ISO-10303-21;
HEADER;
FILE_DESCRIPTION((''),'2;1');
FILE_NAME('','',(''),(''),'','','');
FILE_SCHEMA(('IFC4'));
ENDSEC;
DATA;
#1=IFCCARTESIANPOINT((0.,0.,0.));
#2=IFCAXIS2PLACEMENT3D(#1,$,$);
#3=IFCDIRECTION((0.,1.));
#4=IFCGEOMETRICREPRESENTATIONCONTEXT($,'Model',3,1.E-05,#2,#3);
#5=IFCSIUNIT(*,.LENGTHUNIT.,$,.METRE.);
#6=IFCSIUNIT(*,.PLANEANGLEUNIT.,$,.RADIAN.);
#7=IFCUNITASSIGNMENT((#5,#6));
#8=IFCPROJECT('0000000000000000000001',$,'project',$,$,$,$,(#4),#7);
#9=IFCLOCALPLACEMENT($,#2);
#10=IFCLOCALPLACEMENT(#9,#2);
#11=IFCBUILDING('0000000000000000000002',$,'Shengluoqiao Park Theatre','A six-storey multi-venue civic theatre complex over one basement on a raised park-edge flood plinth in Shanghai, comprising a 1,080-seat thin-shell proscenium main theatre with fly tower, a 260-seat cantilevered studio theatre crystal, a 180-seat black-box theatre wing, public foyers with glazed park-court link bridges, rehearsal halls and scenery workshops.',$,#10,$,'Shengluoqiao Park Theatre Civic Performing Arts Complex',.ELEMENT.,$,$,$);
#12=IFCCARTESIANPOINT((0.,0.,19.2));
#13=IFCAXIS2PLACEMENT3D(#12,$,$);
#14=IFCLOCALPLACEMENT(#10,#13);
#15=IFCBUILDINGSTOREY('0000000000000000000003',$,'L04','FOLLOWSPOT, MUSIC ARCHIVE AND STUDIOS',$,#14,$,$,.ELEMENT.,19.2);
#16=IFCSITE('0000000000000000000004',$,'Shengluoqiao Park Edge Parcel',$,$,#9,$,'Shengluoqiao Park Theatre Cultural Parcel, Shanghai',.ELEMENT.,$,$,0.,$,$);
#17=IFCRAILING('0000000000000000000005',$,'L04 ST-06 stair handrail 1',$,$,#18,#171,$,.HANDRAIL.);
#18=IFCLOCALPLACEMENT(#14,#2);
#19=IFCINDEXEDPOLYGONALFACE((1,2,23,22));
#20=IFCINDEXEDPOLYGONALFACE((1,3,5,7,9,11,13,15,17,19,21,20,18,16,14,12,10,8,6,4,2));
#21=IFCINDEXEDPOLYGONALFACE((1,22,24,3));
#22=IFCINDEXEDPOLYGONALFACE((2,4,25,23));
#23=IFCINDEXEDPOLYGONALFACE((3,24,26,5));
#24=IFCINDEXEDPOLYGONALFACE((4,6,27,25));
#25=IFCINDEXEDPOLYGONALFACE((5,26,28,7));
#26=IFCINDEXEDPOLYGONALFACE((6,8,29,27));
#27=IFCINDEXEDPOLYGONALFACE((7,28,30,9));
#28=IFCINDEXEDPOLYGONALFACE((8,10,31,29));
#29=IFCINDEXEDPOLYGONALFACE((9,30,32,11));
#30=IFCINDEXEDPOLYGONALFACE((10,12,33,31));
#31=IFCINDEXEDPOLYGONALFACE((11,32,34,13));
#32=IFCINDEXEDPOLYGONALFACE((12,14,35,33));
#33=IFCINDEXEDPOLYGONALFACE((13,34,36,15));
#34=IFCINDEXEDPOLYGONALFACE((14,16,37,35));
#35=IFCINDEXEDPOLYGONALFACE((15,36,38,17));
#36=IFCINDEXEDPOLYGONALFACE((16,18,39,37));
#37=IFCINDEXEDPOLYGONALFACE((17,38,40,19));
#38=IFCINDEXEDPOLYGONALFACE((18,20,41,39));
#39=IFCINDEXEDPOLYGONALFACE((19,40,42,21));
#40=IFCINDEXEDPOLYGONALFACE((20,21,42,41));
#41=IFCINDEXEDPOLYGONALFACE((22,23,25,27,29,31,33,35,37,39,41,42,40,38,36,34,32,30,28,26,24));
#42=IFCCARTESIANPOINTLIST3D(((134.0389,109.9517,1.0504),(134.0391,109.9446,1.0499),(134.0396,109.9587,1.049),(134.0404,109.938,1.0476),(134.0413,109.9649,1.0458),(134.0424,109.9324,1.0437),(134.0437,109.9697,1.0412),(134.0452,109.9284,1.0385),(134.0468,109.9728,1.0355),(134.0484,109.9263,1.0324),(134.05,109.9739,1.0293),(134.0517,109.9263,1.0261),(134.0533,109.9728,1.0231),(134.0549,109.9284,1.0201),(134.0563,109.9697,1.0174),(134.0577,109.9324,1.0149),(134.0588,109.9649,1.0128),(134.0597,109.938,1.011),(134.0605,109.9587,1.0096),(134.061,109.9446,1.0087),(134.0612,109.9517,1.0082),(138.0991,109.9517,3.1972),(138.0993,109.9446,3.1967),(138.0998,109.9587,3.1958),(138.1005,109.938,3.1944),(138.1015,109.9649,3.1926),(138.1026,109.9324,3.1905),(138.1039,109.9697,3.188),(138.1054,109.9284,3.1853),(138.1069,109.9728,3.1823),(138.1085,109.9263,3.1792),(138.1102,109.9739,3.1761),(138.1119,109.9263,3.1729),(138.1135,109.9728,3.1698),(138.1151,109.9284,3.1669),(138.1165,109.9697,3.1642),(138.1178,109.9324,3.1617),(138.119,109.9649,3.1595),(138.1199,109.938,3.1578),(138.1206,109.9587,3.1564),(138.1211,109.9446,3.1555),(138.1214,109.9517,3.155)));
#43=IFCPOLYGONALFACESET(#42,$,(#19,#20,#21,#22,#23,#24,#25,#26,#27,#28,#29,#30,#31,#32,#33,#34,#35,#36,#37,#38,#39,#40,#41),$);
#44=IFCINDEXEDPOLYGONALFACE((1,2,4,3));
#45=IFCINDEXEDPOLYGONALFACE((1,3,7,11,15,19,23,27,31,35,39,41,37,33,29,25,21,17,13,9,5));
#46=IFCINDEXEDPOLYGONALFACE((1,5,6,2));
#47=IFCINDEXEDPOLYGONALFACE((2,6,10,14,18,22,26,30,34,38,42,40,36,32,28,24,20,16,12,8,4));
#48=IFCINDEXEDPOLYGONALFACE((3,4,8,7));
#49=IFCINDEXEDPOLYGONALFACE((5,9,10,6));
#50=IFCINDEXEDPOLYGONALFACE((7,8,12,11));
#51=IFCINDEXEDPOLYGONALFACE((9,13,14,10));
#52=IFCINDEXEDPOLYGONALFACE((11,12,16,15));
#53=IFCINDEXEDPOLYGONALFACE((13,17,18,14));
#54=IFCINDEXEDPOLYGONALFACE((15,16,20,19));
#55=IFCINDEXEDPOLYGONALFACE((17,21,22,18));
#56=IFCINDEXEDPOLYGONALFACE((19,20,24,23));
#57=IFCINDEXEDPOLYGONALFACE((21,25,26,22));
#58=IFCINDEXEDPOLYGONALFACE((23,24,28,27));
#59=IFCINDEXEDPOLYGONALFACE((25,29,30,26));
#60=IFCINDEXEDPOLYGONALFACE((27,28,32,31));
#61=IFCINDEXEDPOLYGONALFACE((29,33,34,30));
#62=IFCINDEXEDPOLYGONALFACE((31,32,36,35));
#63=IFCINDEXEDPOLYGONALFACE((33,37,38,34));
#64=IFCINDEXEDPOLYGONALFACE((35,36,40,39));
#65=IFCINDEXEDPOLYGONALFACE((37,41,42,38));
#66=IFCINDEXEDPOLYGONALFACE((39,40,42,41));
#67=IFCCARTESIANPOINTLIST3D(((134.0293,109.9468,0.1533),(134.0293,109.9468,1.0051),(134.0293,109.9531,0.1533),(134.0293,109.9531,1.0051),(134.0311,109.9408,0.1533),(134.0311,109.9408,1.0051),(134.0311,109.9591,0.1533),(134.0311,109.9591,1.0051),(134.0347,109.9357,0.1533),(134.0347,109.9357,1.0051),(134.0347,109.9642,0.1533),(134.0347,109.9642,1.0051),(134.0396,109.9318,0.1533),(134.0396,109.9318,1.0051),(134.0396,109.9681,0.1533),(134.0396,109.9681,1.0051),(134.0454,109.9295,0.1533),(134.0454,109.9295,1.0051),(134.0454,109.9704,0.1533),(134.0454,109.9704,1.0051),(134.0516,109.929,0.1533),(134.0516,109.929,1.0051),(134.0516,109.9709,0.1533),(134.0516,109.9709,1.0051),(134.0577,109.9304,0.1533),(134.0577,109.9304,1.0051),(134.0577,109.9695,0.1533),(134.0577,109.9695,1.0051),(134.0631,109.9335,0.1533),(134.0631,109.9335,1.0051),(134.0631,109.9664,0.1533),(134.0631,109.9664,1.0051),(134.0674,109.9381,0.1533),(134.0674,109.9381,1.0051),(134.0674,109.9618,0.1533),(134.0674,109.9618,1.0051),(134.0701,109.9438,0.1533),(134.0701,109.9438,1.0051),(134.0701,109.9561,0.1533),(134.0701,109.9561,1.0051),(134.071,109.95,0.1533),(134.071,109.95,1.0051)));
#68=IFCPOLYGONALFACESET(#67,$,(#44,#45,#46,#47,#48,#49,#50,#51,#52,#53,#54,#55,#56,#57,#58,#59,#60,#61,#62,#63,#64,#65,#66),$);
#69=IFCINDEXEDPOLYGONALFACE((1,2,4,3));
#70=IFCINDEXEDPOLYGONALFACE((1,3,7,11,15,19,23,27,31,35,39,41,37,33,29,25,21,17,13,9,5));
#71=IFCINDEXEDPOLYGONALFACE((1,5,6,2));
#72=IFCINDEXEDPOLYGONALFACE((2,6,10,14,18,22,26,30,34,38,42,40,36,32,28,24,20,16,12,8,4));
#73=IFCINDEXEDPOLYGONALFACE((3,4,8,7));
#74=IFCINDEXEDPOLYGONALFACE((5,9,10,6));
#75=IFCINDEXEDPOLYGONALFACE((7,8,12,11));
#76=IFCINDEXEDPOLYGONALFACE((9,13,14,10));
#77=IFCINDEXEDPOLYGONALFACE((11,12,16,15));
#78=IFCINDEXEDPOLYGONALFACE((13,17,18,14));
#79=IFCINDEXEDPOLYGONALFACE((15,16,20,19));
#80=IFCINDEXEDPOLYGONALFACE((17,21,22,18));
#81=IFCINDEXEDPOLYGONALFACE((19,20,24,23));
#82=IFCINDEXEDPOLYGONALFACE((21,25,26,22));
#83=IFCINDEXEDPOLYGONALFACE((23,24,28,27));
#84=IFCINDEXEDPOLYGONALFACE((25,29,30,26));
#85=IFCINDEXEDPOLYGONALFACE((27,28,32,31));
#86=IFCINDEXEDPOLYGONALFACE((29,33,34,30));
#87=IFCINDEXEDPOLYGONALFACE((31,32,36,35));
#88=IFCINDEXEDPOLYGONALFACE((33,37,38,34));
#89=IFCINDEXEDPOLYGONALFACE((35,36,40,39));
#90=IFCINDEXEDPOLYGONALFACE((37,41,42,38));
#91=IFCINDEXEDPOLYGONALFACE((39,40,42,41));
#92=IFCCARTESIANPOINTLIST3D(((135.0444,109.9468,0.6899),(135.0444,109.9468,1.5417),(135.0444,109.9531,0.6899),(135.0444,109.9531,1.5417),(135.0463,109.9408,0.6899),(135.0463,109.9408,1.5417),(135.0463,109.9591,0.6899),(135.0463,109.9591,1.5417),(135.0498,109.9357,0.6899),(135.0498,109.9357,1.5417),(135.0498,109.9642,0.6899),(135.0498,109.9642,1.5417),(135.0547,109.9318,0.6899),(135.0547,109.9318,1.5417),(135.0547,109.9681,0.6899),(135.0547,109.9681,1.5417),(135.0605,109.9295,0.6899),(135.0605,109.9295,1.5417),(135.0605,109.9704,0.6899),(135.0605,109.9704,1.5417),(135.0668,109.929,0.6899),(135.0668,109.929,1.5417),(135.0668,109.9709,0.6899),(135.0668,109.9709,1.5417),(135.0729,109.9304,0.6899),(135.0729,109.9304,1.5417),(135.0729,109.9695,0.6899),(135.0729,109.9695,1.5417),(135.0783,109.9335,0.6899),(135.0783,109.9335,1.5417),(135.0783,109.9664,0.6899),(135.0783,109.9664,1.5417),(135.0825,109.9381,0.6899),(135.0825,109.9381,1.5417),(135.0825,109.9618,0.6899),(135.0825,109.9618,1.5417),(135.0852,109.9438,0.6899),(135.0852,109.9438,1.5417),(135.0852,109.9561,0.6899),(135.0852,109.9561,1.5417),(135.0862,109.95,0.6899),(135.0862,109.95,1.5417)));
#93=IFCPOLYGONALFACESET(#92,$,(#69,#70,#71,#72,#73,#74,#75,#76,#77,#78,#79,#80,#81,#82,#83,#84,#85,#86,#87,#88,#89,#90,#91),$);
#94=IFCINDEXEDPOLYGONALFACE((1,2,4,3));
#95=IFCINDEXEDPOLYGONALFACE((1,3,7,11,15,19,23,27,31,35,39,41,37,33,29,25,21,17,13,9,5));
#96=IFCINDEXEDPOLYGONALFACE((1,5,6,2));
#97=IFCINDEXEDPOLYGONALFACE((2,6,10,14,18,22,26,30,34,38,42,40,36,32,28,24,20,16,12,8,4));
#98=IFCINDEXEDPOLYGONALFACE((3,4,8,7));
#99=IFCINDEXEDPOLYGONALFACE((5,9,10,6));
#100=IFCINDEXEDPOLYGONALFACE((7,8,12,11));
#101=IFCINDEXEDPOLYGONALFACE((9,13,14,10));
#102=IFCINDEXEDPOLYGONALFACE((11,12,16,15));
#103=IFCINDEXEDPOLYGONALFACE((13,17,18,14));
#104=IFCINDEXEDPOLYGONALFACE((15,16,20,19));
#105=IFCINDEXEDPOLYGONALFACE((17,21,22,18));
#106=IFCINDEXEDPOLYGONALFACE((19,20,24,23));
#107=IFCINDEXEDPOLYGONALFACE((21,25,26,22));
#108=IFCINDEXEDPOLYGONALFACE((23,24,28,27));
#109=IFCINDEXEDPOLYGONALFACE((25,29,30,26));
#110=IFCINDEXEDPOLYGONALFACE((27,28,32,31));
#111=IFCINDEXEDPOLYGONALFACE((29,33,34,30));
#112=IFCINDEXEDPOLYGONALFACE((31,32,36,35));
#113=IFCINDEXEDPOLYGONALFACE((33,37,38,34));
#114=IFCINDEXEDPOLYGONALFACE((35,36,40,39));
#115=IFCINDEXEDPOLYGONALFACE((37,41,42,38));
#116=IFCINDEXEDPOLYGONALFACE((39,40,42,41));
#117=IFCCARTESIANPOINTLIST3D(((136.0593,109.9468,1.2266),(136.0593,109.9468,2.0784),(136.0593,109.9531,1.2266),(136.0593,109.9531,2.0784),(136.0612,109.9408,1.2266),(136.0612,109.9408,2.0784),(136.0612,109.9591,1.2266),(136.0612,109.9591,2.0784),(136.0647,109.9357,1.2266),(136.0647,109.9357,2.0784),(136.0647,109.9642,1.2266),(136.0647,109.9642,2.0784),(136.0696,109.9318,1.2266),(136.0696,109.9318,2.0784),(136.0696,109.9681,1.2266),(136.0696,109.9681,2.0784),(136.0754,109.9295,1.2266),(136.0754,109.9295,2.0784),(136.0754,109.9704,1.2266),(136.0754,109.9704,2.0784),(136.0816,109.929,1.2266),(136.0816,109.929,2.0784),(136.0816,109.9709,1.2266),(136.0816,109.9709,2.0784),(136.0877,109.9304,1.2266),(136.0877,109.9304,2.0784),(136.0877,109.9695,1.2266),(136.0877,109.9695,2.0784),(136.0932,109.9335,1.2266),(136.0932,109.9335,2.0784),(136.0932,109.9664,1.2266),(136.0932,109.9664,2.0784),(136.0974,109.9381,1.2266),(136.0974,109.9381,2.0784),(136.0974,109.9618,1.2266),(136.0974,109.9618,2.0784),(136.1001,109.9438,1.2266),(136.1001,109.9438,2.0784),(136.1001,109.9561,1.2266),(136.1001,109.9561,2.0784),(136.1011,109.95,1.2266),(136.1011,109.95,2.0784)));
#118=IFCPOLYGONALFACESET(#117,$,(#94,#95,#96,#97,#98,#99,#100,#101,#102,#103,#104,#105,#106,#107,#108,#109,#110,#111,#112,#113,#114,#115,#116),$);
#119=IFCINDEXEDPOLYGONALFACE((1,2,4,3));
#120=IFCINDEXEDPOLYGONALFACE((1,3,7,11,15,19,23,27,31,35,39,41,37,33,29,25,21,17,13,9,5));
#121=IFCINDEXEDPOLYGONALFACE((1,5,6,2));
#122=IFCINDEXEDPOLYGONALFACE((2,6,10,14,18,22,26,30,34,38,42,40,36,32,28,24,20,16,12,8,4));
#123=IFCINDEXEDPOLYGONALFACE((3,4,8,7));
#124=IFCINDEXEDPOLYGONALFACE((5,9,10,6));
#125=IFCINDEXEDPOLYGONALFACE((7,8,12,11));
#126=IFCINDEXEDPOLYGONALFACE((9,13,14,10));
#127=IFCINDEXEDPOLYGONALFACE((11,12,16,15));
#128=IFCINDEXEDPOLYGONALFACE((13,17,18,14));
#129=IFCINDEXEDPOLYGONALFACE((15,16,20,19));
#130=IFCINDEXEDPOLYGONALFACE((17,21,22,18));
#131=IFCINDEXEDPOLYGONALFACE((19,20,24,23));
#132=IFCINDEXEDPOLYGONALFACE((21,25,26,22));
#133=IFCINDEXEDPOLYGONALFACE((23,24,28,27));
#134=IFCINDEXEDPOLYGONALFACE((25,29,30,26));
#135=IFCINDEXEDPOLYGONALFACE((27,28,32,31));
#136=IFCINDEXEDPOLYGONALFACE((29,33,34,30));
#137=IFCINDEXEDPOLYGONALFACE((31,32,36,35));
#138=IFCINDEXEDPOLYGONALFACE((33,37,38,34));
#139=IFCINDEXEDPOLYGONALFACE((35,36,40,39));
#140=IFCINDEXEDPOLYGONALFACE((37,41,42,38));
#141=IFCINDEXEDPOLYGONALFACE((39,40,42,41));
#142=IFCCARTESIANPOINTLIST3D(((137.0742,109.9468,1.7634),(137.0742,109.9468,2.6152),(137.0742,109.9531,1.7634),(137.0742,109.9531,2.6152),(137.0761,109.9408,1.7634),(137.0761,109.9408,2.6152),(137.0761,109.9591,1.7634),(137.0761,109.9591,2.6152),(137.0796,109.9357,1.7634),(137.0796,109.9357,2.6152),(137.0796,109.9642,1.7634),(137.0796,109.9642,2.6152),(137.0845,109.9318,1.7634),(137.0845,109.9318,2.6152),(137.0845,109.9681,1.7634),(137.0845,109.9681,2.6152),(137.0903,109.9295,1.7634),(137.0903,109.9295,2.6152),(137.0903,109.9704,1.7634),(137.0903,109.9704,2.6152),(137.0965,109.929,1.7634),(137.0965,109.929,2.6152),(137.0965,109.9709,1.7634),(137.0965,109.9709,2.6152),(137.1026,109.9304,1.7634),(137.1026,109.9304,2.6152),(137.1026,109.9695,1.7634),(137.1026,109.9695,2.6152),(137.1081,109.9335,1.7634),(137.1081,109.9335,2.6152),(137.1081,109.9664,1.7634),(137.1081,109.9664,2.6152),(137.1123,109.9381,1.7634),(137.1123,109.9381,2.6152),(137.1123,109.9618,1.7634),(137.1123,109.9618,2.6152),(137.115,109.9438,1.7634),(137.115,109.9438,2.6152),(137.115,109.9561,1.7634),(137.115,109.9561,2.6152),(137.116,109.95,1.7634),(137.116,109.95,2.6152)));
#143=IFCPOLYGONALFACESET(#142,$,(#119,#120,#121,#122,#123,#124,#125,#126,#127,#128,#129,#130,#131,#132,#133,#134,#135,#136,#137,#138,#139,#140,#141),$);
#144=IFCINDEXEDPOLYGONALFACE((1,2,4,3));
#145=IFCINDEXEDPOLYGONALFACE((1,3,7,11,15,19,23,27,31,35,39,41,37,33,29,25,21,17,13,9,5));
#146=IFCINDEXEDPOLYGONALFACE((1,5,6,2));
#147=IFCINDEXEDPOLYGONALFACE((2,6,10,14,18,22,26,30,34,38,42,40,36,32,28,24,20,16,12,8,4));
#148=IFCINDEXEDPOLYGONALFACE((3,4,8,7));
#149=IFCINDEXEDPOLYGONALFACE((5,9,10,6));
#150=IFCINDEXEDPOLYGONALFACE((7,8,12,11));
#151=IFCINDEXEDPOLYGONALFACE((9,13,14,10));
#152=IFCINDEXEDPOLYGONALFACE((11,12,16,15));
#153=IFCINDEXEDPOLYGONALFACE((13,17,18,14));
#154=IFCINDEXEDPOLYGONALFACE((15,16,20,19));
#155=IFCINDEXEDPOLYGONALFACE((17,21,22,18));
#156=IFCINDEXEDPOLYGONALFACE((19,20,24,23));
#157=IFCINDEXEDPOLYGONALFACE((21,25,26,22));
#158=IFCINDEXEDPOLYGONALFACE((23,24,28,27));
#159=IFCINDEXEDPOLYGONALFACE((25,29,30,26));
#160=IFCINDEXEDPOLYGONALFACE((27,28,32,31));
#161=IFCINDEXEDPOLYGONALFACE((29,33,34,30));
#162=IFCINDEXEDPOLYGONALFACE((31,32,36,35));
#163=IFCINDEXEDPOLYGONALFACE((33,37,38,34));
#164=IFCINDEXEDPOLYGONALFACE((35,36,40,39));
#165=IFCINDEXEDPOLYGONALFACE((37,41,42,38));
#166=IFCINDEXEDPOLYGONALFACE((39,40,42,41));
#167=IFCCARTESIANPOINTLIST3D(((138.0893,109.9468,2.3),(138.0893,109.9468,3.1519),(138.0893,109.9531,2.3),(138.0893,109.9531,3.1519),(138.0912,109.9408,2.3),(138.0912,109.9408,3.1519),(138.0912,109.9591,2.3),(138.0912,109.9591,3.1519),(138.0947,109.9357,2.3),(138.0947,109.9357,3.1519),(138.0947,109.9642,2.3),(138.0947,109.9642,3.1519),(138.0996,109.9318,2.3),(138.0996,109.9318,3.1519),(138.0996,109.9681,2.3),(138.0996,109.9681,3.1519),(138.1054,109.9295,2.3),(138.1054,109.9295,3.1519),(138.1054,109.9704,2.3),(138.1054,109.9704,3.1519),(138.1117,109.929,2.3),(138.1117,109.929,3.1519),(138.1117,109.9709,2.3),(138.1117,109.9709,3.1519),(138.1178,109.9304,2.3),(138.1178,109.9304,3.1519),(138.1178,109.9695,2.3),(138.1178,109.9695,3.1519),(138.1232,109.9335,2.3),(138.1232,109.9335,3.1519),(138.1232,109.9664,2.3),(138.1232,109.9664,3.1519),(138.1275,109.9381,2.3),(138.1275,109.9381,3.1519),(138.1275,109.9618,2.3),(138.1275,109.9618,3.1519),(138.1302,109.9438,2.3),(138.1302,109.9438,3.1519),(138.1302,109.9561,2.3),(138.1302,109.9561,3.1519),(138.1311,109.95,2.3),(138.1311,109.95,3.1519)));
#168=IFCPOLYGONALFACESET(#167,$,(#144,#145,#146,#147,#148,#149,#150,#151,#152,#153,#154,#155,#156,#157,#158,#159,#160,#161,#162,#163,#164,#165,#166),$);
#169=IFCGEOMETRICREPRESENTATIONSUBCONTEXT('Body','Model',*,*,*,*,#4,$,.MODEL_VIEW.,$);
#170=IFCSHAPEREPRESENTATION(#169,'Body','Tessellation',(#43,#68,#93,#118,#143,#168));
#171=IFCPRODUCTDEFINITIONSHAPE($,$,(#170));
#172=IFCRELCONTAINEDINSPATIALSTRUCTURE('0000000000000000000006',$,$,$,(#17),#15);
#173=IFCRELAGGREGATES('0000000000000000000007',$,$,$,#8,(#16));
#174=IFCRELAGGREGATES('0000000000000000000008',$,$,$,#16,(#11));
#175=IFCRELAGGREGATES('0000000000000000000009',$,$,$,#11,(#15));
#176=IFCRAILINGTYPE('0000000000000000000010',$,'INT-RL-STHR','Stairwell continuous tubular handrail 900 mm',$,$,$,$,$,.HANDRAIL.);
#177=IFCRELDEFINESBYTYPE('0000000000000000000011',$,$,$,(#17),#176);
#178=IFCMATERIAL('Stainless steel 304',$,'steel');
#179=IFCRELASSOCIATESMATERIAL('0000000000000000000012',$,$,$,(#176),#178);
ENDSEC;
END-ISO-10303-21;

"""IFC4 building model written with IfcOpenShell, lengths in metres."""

from ifc_helpers import new_model, si_unit, direction, frame, origin, origin_2d, place, context, subcontext, project, spatial, circle, extrude, material, type_object, element, save


model = new_model("IFC4")

# Units and contexts
model_context = context("Model", 3, precision=1e-05, world=origin(), true_north=direction((0.0, 1.0)))
body_context = subcontext(model_context, "Body", "Model", "MODEL_VIEW")
ifc_project = project(units=[si_unit("LENGTHUNIT", "METRE"), si_unit("PLANEANGLEUNIT", "RADIAN")], contexts=[model_context])

# Site, building, storey
site_placement = place(None, origin())
site = spatial("IfcSite", under=ifc_project, at=site_placement, Name="Shengluoqiao Park Edge Parcel", LongName="Shengluoqiao Park Theatre Cultural Parcel, Shanghai", CompositionType="ELEMENT", RefElevation=0.0)
building_placement = place(site_placement, origin())
building = spatial("IfcBuilding", under=site, at=building_placement, Name="Shengluoqiao Park Theatre", Description="A six-storey multi-venue civic theatre complex over one basement on a raised park-edge flood plinth in Shanghai, comprising a 1,080-seat thin-shell proscenium main theatre with fly tower, a 260-seat cantilevered studio theatre crystal, a 180-seat black-box theatre wing, public foyers with glazed park-court link bridges, rehearsal halls and scenery workshops.", LongName="Shengluoqiao Park Theatre Civic Performing Arts Complex", CompositionType="ELEMENT")
storey_placement = place(building_placement, frame((0.0, 0.0, 19.2)))
storey = spatial("IfcBuildingStorey", under=building, at=storey_placement, Name="L04", Description="FOLLOWSPOT, MUSIC ARCHIVE AND STUDIOS", CompositionType="ELEMENT", Elevation=19.2)

# Railing
ifc_material_1 = material(Name="Stainless steel 304", Category="steel")
railing_type_1 = type_object("IfcRailingType", Name="INT-RL-STHR", Description="Stairwell continuous tubular handrail 900 mm", PredefinedType="HANDRAIL", material=ifc_material_1)
railing_1_placement = place(storey_placement, frame((134.05, 109.95, 0.1533)))
element("IfcRailing", 1, at=railing_1_placement, inside=storey, type_object=railing_type_1, Name="L04 ST-06 stair handrail 1", PredefinedType="HANDRAIL", context=body_context, shape_type="SweptSolid", body=[
    extrude(circle(Radius=0.0239, at=origin_2d()), frame((0.0, 0.0, 0.876), z_axis=(0.884032, 0.0, 0.467426), x_axis=(0.0, 1.0, 0.0)), (0.0, 0.0, 1.0), 4.5928),
    extrude(circle(Radius=0.021, at=origin_2d()), origin(), (0.0, 0.0, 1.0), 0.8518),
    extrude(circle(Radius=0.021, at=origin_2d()), frame((1.0151, 0.0, 0.5366)), (0.0, 0.0, 1.0), 0.8518),
    extrude(circle(Radius=0.021, at=origin_2d()), frame((2.03, 0.0, 1.0732)), (0.0, 0.0, 1.0), 0.8518),
    extrude(circle(Radius=0.021, at=origin_2d()), frame((3.0449, 0.0, 1.6101)), (0.0, 0.0, 1.0), 0.8518),
    extrude(circle(Radius=0.021, at=origin_2d()), frame((4.0601, 0.0, 2.1467)), (0.0, 0.0, 1.0), 0.8518),
])

save(model, "model.ifc")
